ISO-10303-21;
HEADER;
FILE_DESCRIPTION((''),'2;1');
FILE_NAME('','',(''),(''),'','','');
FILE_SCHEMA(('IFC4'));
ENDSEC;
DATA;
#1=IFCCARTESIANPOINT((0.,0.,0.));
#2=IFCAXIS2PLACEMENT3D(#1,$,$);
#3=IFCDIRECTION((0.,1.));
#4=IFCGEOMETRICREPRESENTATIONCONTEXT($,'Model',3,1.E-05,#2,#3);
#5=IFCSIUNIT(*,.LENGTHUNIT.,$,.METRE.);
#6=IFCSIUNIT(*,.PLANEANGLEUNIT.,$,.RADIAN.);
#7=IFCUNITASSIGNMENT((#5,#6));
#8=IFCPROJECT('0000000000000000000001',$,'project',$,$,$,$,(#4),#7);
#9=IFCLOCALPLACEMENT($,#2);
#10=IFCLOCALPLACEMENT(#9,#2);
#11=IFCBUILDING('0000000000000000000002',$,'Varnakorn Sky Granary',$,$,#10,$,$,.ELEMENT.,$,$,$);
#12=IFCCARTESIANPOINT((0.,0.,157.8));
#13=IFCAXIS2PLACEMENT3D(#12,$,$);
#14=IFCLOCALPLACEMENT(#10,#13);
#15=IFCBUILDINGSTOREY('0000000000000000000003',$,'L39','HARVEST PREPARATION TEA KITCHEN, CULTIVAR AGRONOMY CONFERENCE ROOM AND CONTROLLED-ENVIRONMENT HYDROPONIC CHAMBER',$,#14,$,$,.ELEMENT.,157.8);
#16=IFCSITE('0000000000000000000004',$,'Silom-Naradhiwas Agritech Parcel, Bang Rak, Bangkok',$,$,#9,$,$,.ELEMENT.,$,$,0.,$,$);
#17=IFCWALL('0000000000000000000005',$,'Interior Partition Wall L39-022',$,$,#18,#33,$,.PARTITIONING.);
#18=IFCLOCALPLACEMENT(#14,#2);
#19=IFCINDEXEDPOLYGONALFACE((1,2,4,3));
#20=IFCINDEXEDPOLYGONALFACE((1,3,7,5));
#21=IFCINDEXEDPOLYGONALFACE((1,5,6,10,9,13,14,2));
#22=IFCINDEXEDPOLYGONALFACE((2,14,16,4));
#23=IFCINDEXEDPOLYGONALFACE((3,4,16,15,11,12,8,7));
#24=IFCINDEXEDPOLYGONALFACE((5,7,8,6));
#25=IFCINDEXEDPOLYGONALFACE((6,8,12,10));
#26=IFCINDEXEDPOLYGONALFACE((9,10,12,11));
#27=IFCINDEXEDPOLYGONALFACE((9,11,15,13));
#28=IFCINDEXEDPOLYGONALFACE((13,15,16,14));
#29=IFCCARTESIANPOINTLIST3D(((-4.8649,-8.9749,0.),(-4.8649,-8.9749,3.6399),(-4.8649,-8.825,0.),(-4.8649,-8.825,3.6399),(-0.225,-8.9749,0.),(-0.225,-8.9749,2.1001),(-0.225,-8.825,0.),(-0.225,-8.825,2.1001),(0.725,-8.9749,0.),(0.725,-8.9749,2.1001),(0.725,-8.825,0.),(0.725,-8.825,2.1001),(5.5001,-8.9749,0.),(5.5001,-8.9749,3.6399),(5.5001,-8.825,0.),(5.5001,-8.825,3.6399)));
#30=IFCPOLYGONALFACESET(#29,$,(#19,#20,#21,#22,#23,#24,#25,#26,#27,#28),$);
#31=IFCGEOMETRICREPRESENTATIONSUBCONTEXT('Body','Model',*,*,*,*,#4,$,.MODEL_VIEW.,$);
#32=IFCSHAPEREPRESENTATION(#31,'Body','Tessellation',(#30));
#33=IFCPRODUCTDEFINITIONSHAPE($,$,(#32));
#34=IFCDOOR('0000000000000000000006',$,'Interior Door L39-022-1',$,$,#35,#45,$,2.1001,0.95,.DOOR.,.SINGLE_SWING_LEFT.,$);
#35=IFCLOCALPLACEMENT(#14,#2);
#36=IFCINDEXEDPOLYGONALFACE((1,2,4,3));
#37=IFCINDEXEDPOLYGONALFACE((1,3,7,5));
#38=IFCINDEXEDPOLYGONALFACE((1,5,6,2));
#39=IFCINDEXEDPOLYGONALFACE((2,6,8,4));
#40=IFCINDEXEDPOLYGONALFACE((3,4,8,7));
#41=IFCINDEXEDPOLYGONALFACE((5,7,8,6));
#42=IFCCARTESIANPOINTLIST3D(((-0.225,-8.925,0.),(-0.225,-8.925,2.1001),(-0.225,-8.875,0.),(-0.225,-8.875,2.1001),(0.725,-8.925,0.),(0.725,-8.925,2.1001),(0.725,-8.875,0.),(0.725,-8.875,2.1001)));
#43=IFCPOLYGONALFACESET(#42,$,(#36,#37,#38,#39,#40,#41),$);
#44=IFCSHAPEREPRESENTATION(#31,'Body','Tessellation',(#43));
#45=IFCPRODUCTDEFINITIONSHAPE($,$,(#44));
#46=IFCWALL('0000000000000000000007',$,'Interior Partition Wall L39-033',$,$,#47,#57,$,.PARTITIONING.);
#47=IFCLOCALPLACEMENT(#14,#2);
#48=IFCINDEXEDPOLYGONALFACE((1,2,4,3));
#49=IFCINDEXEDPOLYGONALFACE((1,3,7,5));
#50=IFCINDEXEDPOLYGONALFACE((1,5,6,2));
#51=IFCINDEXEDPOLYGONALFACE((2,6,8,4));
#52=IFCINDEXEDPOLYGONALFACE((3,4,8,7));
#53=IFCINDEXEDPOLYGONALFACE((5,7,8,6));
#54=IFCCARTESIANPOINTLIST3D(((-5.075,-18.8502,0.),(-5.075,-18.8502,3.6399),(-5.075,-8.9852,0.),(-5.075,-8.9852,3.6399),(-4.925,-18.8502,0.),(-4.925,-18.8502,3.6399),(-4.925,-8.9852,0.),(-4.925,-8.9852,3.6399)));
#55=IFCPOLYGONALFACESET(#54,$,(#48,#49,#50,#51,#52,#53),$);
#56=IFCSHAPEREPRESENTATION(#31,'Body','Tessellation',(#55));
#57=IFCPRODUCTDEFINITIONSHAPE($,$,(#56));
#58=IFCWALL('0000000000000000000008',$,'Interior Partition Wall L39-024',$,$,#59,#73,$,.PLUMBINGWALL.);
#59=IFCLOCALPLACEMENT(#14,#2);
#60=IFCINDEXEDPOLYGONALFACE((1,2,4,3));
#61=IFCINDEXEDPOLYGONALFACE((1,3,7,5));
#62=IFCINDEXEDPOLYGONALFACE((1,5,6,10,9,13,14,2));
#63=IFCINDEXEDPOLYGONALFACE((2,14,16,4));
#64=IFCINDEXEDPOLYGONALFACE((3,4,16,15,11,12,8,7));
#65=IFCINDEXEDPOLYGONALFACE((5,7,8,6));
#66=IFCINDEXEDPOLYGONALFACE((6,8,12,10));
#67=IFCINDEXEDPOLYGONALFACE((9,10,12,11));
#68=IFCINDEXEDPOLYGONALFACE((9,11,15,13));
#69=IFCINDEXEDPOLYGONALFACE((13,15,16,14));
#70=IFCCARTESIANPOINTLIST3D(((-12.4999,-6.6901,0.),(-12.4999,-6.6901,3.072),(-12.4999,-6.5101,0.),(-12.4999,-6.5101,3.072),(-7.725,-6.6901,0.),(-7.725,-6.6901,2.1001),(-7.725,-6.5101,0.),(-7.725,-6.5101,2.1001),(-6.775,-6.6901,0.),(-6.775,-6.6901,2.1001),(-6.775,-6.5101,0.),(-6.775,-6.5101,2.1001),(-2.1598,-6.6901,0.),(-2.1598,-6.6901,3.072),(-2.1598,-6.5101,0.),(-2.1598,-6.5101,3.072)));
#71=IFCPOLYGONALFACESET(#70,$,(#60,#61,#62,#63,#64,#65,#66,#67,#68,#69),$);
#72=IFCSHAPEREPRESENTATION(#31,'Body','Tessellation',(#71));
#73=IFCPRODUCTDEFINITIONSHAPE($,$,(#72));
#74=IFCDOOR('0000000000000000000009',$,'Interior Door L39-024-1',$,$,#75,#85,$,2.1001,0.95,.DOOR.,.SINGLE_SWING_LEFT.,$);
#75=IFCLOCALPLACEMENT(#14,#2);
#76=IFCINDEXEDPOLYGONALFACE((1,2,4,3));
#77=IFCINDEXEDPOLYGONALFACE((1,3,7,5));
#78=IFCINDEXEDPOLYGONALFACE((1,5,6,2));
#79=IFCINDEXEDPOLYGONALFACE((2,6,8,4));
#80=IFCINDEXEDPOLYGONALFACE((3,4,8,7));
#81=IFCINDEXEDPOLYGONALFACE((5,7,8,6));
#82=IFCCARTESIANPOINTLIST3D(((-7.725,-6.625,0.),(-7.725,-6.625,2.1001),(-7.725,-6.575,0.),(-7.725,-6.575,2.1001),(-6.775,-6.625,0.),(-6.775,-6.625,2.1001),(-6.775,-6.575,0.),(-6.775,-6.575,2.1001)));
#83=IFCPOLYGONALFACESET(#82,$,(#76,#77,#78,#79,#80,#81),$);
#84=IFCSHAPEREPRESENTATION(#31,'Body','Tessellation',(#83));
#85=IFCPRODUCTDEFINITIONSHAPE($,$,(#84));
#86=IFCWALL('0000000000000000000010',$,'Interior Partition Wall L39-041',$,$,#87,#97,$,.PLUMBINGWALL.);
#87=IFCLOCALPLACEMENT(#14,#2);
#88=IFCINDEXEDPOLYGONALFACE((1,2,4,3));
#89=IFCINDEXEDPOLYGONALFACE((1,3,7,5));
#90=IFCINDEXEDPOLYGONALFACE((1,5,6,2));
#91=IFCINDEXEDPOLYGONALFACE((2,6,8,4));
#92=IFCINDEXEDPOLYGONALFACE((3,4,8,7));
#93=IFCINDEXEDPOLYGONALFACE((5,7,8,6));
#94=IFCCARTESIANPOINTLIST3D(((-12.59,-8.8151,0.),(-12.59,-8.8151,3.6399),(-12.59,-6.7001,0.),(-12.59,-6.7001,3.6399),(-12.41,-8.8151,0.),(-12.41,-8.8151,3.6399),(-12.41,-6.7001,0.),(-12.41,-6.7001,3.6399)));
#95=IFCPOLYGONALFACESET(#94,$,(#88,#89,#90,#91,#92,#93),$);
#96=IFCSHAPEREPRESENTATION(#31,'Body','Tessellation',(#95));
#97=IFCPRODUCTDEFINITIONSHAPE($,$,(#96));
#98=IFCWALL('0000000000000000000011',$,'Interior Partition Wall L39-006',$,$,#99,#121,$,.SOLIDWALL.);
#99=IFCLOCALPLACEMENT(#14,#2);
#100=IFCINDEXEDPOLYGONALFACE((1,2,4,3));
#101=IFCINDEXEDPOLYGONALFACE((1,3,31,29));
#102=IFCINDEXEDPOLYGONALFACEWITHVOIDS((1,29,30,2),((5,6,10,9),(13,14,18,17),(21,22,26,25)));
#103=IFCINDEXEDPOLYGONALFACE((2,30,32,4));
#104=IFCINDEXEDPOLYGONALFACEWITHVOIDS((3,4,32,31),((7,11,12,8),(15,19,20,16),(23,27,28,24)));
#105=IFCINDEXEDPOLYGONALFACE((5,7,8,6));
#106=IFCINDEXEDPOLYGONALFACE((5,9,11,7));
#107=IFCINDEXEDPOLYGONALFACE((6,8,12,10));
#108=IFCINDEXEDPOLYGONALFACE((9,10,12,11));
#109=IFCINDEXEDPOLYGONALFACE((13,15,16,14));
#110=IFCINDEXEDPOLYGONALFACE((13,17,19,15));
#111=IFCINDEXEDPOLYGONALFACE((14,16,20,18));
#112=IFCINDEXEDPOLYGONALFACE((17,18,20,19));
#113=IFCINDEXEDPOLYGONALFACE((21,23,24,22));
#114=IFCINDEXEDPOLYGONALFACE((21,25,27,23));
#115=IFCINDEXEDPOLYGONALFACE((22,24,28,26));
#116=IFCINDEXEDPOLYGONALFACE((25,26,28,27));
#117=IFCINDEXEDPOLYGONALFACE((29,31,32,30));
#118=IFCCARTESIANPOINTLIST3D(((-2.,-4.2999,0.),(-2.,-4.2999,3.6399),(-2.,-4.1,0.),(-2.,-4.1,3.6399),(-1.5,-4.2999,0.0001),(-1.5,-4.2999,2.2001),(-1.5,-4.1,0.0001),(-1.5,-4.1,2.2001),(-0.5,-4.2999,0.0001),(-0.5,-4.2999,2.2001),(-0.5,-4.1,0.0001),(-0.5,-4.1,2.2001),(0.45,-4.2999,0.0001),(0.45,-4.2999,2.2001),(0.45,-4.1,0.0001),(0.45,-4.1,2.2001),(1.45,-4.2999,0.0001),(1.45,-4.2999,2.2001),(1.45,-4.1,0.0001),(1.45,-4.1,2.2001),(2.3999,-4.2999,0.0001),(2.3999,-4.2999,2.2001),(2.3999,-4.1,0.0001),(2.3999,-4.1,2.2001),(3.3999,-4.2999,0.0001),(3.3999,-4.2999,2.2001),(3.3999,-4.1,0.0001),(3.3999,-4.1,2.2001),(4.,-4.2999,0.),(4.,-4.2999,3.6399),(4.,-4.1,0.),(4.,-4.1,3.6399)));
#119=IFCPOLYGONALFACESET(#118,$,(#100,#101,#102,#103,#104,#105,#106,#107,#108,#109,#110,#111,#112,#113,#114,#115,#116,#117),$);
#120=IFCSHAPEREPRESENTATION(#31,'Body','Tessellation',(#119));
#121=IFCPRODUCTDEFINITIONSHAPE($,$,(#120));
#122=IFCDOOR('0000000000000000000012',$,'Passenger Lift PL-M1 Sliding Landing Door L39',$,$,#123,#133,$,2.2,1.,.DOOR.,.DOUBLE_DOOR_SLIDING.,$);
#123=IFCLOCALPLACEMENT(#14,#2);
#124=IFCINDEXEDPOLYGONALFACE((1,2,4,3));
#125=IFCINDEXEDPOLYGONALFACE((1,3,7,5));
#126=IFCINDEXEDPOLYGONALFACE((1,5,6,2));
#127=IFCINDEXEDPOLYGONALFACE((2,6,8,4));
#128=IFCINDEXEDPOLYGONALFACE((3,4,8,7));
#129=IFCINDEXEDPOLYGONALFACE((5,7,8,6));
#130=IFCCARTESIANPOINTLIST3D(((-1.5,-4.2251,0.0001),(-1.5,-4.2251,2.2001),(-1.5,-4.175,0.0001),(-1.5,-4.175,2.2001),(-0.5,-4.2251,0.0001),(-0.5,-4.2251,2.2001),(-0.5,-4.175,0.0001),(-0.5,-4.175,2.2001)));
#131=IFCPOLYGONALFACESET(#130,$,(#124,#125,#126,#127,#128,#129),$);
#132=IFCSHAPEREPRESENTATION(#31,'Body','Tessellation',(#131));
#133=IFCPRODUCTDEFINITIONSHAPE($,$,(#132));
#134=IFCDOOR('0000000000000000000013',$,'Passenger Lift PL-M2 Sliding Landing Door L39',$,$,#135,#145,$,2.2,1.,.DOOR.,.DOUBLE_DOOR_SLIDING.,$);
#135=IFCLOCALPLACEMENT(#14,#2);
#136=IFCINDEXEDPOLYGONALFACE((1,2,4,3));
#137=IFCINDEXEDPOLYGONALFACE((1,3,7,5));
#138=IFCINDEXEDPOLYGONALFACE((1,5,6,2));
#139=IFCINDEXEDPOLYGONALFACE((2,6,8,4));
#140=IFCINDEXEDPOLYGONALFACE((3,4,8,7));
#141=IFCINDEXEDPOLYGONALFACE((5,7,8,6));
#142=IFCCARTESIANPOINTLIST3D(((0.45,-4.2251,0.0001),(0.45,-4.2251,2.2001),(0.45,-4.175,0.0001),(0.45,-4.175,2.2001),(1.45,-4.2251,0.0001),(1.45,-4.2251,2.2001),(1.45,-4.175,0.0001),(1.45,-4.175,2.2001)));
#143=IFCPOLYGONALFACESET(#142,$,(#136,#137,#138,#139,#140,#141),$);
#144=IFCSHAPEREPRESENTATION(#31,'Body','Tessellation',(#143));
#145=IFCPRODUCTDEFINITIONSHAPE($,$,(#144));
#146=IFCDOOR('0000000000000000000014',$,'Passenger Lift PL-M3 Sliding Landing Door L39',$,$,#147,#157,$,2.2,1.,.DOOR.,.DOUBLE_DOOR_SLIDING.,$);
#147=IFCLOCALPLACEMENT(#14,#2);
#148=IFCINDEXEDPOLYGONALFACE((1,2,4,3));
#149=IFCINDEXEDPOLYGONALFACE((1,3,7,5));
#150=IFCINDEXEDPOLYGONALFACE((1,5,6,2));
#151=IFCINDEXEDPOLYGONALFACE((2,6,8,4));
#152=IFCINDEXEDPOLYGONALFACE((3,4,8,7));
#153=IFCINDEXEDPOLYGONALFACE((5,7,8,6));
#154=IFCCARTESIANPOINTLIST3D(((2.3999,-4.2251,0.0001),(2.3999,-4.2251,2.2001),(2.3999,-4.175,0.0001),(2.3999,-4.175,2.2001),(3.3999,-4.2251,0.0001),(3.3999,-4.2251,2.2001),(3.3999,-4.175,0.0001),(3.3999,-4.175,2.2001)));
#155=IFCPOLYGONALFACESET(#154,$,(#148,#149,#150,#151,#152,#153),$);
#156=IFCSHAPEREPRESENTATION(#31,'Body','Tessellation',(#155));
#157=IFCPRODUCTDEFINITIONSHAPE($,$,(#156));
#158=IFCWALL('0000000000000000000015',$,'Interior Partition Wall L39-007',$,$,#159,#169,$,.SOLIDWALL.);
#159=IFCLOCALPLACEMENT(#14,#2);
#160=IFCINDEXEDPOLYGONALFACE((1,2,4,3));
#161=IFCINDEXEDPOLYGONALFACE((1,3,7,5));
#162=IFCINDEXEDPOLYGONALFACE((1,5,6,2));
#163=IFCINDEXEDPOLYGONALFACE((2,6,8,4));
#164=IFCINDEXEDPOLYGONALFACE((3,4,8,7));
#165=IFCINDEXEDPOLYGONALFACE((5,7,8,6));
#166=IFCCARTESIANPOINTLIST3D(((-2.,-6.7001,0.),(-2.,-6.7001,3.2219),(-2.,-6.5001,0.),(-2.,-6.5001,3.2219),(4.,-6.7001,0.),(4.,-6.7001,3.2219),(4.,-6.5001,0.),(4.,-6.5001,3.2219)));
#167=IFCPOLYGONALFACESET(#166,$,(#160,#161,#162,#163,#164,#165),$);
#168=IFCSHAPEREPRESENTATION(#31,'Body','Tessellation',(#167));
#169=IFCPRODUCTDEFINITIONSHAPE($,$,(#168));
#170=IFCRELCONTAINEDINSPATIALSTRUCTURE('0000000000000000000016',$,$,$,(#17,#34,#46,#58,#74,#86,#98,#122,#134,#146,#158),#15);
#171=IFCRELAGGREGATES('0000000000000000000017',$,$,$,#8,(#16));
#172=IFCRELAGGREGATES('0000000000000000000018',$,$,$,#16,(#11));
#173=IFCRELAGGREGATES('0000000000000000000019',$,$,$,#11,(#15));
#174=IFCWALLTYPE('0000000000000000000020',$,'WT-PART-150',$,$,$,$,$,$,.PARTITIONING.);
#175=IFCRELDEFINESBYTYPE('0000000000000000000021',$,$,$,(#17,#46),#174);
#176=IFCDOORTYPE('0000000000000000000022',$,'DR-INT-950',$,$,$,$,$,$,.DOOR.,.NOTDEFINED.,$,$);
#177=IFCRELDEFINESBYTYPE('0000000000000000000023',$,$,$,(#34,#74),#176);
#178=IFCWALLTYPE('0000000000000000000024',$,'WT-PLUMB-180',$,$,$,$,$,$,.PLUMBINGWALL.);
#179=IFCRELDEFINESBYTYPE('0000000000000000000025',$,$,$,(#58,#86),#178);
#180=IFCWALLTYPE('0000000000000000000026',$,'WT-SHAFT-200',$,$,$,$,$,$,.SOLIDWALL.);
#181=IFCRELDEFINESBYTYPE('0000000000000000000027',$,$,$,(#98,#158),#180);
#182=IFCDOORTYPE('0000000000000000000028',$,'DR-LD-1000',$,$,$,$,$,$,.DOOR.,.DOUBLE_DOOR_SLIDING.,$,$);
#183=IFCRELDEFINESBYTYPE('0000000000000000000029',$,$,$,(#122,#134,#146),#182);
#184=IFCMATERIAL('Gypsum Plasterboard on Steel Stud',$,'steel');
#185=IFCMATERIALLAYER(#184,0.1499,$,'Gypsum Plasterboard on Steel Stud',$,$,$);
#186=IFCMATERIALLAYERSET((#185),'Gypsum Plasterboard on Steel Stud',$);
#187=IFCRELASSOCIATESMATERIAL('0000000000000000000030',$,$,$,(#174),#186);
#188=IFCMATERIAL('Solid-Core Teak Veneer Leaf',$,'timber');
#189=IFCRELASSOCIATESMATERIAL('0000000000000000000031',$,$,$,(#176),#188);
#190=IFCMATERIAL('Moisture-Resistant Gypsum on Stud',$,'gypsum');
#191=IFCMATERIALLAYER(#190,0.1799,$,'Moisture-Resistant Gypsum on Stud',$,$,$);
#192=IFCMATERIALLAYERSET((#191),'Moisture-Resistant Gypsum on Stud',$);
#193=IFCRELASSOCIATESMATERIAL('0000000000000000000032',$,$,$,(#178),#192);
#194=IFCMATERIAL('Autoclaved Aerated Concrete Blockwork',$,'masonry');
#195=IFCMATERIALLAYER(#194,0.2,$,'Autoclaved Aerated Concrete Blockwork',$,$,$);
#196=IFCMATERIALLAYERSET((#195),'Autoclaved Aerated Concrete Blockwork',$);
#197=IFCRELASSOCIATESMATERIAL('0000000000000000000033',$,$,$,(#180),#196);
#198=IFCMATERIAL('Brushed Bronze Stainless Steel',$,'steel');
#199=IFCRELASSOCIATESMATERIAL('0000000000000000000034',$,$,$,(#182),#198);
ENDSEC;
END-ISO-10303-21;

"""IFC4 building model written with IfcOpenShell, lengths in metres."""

from ifc_helpers import new_model, si_unit, direction, frame, frame_2d, origin, place, context, subcontext, project, spatial, rectangle, extrude, material, layer, layer_set, type_object, element, fill, save


model = new_model("IFC4")

# Units and contexts
model_context = context("Model", 3, precision=1e-05, world=origin(), true_north=direction((0.0, 1.0)))
body_context = subcontext(model_context, "Body", "Model", "MODEL_VIEW")
ifc_project = project(units=[si_unit("LENGTHUNIT", "METRE"), si_unit("PLANEANGLEUNIT", "RADIAN")], contexts=[model_context])

# Site, building, storey
site_placement = place(None, origin())
site = spatial("IfcSite", under=ifc_project, at=site_placement, Name="Silom-Naradhiwas Agritech Parcel, Bang Rak, Bangkok", CompositionType="ELEMENT", RefElevation=0.0)
building_placement = place(site_placement, origin())
building = spatial("IfcBuilding", under=site, at=building_placement, Name="Varnakorn Sky Granary", CompositionType="ELEMENT")
storey_placement = place(building_placement, frame((0.0, 0.0, 157.8)))
storey = spatial("IfcBuildingStorey", under=building, at=storey_placement, Name="L39", Description="HARVEST PREPARATION TEA KITCHEN, CULTIVAR AGRONOMY CONFERENCE ROOM AND CONTROLLED-ENVIRONMENT HYDROPONIC CHAMBER", CompositionType="ELEMENT", Elevation=157.8)

# Shared definitions
ifc_material_1 = material(Name="Autoclaved Aerated Concrete Blockwork", Category="masonry")

# Wall, opening, door
ifc_material_2 = material(Name="Gypsum Plasterboard on Steel Stud", Category="steel")
ifc_layer_1 = layer(ifc_material_2, 0.1499, Name="Gypsum Plasterboard on Steel Stud")
ifc_layer_set_1 = layer_set([ifc_layer_1], Name="Gypsum Plasterboard on Steel Stud")
wall_type_1 = type_object("IfcWallType", Name="WT-PART-150", PredefinedType="PARTITIONING", material=ifc_layer_set_1)
ifc_material_3 = material(Name="Solid-Core Teak Veneer Leaf", Category="timber")
door_type_1 = type_object("IfcDoorType", Name="DR-INT-950", OperationType="NOTDEFINED", PredefinedType="DOOR", material=ifc_material_3)
wall_1_placement = place(storey_placement, frame((-4.865, -8.8999, 0.0), z_axis=(0.0, 0.0, 1.0), x_axis=(1.0, 0.0, 0.0)))
wall_1 = element("IfcWall", 1, at=wall_1_placement, inside=storey, type_object=wall_type_1, Name="Interior Partition Wall L39-022", PredefinedType="PARTITIONING", context=body_context, shape_type="SweptSolid", body=[
    extrude(rectangle(XDim=10.365, YDim=0.1499, at=frame_2d((5.1826, 0.0))), origin(), (0.0, 0.0, 1.0), 3.6399),
])
opening_1_placement = place(wall_1_placement, frame((4.6399, 0.0, 0.0)))
opening_1 = element("IfcOpeningElement", 2, at=opening_1_placement, cuts=wall_1, PredefinedType="OPENING", context=body_context, shape_type="SweptSolid", body=[
    extrude(rectangle(XDim=0.95, YDim=2.1001, at=frame_2d((0.4751, 1.05))), frame((0.0, 0.085, 0.0), z_axis=(0.0, -1.0, 0.0), x_axis=(1.0, 0.0, 0.0)), (0.0, 0.0, 1.0), 0.1699),
])
door_1_placement = place(opening_1_placement, origin())
door_1 = element("IfcDoor", 3, at=door_1_placement, inside=storey, type_object=door_type_1, Name="Interior Door L39-022-1", OperationType="SINGLE_SWING_LEFT", OverallHeight=2.1001, OverallWidth=0.95, PredefinedType="DOOR", context=body_context, shape_type="SweptSolid", body=[
    extrude(rectangle(XDim=0.95, YDim=2.1001, at=frame_2d((0.4751, 1.05))), frame((0.0, 0.0249, 0.0), z_axis=(0.0, -1.0, 0.0), x_axis=(1.0, 0.0, 0.0)), (0.0, 0.0, 1.0), 0.05),
])
fill(opening_1, door_1)

# Wall
wall_2_placement = place(storey_placement, frame((-5.0, -8.9851, 0.0), z_axis=(0.0, 0.0, 1.0), x_axis=(0.0, -1.0, 0.0)))
element("IfcWall", 4, at=wall_2_placement, inside=storey, type_object=wall_type_1, Name="Interior Partition Wall L39-033", PredefinedType="PARTITIONING", context=body_context, shape_type="SweptSolid", body=[
    extrude(rectangle(XDim=9.865, YDim=0.1499, at=frame_2d((4.9326, 0.0))), origin(), (0.0, 0.0, 1.0), 3.6399),
])

# Wall, opening, door
ifc_material_4 = material(Name="Moisture-Resistant Gypsum on Stud", Category="gypsum")
ifc_layer_2 = layer(ifc_material_4, 0.1799, Name="Moisture-Resistant Gypsum on Stud")
ifc_layer_set_2 = layer_set([ifc_layer_2], Name="Moisture-Resistant Gypsum on Stud")
wall_type_2 = type_object("IfcWallType", Name="WT-PLUMB-180", PredefinedType="PLUMBINGWALL", material=ifc_layer_set_2)
wall_3_placement = place(storey_placement, frame((-2.1599, -6.6001, 0.0), z_axis=(0.0, 0.0, 1.0), x_axis=(-1.0, 0.0, 0.0)))
wall_3 = element("IfcWall", 5, at=wall_3_placement, inside=storey, type_object=wall_type_2, Name="Interior Partition Wall L39-024", PredefinedType="PLUMBINGWALL", context=body_context, shape_type="SweptSolid", body=[
    extrude(rectangle(XDim=10.3401, YDim=0.1799, at=frame_2d((5.1699, 0.0))), origin(), (0.0, 0.0, 1.0), 3.072),
])
opening_2_placement = place(wall_3_placement, frame((4.615, 0.0, 0.0)))
opening_2 = element("IfcOpeningElement", 6, at=opening_2_placement, cuts=wall_3, PredefinedType="OPENING", context=body_context, shape_type="SweptSolid", body=[
    extrude(rectangle(XDim=0.95, YDim=2.1001, at=frame_2d((0.4751, 1.05))), frame((0.0, 0.1001, 0.0), z_axis=(0.0, -1.0, 0.0), x_axis=(1.0, 0.0, 0.0)), (0.0, 0.0, 1.0), 0.2),
])
door_2_placement = place(opening_2_placement, origin())
door_2 = element("IfcDoor", 7, at=door_2_placement, inside=storey, type_object=door_type_1, Name="Interior Door L39-024-1", OperationType="SINGLE_SWING_LEFT", OverallHeight=2.1001, OverallWidth=0.95, PredefinedType="DOOR", context=body_context, shape_type="SweptSolid", body=[
    extrude(rectangle(XDim=0.95, YDim=2.1001, at=frame_2d((0.4751, 1.05))), frame((0.0, 0.0249, 0.0), z_axis=(0.0, -1.0, 0.0), x_axis=(1.0, 0.0, 0.0)), (0.0, 0.0, 1.0), 0.05),
])
fill(opening_2, door_2)

# Wall
wall_4_placement = place(storey_placement, frame((-12.5, -6.7, 0.0), z_axis=(0.0, 0.0, 1.0), x_axis=(0.0, -1.0, 0.0)))
element("IfcWall", 8, at=wall_4_placement, inside=storey, type_object=wall_type_2, Name="Interior Partition Wall L39-041", PredefinedType="PLUMBINGWALL", context=body_context, shape_type="SweptSolid", body=[
    extrude(rectangle(XDim=2.115, YDim=0.1799, at=frame_2d((1.0576, 0.0))), origin(), (0.0, 0.0, 1.0), 3.6399),
])

# Wall, openings, doors
ifc_layer_3 = layer(ifc_material_1, 0.2, Name="Autoclaved Aerated Concrete Blockwork")
ifc_layer_set_3 = layer_set([ifc_layer_3], Name="Autoclaved Aerated Concrete Blockwork")
wall_type_3 = type_object("IfcWallType", Name="WT-SHAFT-200", PredefinedType="SOLIDWALL", material=ifc_layer_set_3)
wall_5_placement = place(storey_placement, frame((-2.0, -4.2, 0.0), z_axis=(0.0, 0.0, 1.0), x_axis=(1.0, 0.0, 0.0)))
wall_5 = element("IfcWall", 9, at=wall_5_placement, inside=storey, type_object=wall_type_3, Name="Interior Partition Wall L39-006", PredefinedType="SOLIDWALL", context=body_context, shape_type="SweptSolid", body=[
    extrude(rectangle(XDim=6.0, YDim=0.2, at=frame_2d((3.0, 0.0))), origin(), (0.0, 0.0, 1.0), 3.6399),
])
opening_3_placement = place(wall_5_placement, frame((0.5, 0.0, 0.0)))
opening_3 = element("IfcOpeningElement", 10, at=opening_3_placement, cuts=wall_5, PredefinedType="OPENING", context=body_context, shape_type="SweptSolid", body=[
    extrude(rectangle(XDim=1.0, YDim=2.2, at=frame_2d((0.5, 1.1001))), frame((0.0, 0.1099, 0.0), z_axis=(0.0, -1.0, 0.0), x_axis=(1.0, 0.0, 0.0)), (0.0, 0.0, 1.0), 0.22),
])
opening_4_placement = place(wall_5_placement, frame((2.45, 0.0, 0.0)))
opening_4 = element("IfcOpeningElement", 11, at=opening_4_placement, cuts=wall_5, PredefinedType="OPENING", context=body_context, shape_type="SweptSolid", body=[
    extrude(rectangle(XDim=1.0, YDim=2.2, at=frame_2d((0.5, 1.1001))), frame((0.0, 0.1099, 0.0), z_axis=(0.0, -1.0, 0.0), x_axis=(1.0, 0.0, 0.0)), (0.0, 0.0, 1.0), 0.22),
])
opening_5_placement = place(wall_5_placement, frame((4.3999, 0.0, 0.0)))
opening_5 = element("IfcOpeningElement", 12, at=opening_5_placement, cuts=wall_5, PredefinedType="OPENING", context=body_context, shape_type="SweptSolid", body=[
    extrude(rectangle(XDim=1.0, YDim=2.2, at=frame_2d((0.5, 1.1001))), frame((0.0, 0.1099, 0.0), z_axis=(0.0, -1.0, 0.0), x_axis=(1.0, 0.0, 0.0)), (0.0, 0.0, 1.0), 0.22),
])
ifc_material_5 = material(Name="Brushed Bronze Stainless Steel", Category="steel")
door_type_2 = type_object("IfcDoorType", Name="DR-LD-1000", OperationType="DOUBLE_DOOR_SLIDING", PredefinedType="DOOR", material=ifc_material_5)
door_3_placement = place(opening_3_placement, origin())
door_3 = element("IfcDoor", 13, at=door_3_placement, inside=storey, type_object=door_type_2, Name="Passenger Lift PL-M1 Sliding Landing Door L39", OperationType="DOUBLE_DOOR_SLIDING", OverallHeight=2.2, OverallWidth=1.0, PredefinedType="DOOR", context=body_context, shape_type="SweptSolid", body=[
    extrude(rectangle(XDim=1.0, YDim=2.2, at=frame_2d((0.5, 1.1001))), frame((0.0, 0.0249, 0.0), z_axis=(0.0, -1.0, 0.0), x_axis=(1.0, 0.0, 0.0)), (0.0, 0.0, 1.0), 0.05),
])
fill(opening_3, door_3)
door_4_placement = place(opening_4_placement, origin())
door_4 = element("IfcDoor", 14, at=door_4_placement, inside=storey, type_object=door_type_2, Name="Passenger Lift PL-M2 Sliding Landing Door L39", OperationType="DOUBLE_DOOR_SLIDING", OverallHeight=2.2, OverallWidth=1.0, PredefinedType="DOOR", context=body_context, shape_type="SweptSolid", body=[
    extrude(rectangle(XDim=1.0, YDim=2.2, at=frame_2d((0.5, 1.1001))), frame((0.0, 0.0249, 0.0), z_axis=(0.0, -1.0, 0.0), x_axis=(1.0, 0.0, 0.0)), (0.0, 0.0, 1.0), 0.05),
])
fill(opening_4, door_4)
door_5_placement = place(opening_5_placement, origin())
door_5 = element("IfcDoor", 15, at=door_5_placement, inside=storey, type_object=door_type_2, Name="Passenger Lift PL-M3 Sliding Landing Door L39", OperationType="DOUBLE_DOOR_SLIDING", OverallHeight=2.2, OverallWidth=1.0, PredefinedType="DOOR", context=body_context, shape_type="SweptSolid", body=[
    extrude(rectangle(XDim=1.0, YDim=2.2, at=frame_2d((0.5, 1.1001))), frame((0.0, 0.0249, 0.0), z_axis=(0.0, -1.0, 0.0), x_axis=(1.0, 0.0, 0.0)), (0.0, 0.0, 1.0), 0.05),
])
fill(opening_5, door_5)

# Wall
wall_6_placement = place(storey_placement, frame((-2.0, -6.6001, 0.0), z_axis=(0.0, 0.0, 1.0), x_axis=(1.0, 0.0, 0.0)))
element("IfcWall", 16, at=wall_6_placement, inside=storey, type_object=wall_type_3, Name="Interior Partition Wall L39-007", PredefinedType="SOLIDWALL", context=body_context, shape_type="SweptSolid", body=[
    extrude(rectangle(XDim=6.0, YDim=0.2, at=frame_2d((3.0, 0.0))), origin(), (0.0, 0.0, 1.0), 3.2219),
])

save(model, "model.ifc")
